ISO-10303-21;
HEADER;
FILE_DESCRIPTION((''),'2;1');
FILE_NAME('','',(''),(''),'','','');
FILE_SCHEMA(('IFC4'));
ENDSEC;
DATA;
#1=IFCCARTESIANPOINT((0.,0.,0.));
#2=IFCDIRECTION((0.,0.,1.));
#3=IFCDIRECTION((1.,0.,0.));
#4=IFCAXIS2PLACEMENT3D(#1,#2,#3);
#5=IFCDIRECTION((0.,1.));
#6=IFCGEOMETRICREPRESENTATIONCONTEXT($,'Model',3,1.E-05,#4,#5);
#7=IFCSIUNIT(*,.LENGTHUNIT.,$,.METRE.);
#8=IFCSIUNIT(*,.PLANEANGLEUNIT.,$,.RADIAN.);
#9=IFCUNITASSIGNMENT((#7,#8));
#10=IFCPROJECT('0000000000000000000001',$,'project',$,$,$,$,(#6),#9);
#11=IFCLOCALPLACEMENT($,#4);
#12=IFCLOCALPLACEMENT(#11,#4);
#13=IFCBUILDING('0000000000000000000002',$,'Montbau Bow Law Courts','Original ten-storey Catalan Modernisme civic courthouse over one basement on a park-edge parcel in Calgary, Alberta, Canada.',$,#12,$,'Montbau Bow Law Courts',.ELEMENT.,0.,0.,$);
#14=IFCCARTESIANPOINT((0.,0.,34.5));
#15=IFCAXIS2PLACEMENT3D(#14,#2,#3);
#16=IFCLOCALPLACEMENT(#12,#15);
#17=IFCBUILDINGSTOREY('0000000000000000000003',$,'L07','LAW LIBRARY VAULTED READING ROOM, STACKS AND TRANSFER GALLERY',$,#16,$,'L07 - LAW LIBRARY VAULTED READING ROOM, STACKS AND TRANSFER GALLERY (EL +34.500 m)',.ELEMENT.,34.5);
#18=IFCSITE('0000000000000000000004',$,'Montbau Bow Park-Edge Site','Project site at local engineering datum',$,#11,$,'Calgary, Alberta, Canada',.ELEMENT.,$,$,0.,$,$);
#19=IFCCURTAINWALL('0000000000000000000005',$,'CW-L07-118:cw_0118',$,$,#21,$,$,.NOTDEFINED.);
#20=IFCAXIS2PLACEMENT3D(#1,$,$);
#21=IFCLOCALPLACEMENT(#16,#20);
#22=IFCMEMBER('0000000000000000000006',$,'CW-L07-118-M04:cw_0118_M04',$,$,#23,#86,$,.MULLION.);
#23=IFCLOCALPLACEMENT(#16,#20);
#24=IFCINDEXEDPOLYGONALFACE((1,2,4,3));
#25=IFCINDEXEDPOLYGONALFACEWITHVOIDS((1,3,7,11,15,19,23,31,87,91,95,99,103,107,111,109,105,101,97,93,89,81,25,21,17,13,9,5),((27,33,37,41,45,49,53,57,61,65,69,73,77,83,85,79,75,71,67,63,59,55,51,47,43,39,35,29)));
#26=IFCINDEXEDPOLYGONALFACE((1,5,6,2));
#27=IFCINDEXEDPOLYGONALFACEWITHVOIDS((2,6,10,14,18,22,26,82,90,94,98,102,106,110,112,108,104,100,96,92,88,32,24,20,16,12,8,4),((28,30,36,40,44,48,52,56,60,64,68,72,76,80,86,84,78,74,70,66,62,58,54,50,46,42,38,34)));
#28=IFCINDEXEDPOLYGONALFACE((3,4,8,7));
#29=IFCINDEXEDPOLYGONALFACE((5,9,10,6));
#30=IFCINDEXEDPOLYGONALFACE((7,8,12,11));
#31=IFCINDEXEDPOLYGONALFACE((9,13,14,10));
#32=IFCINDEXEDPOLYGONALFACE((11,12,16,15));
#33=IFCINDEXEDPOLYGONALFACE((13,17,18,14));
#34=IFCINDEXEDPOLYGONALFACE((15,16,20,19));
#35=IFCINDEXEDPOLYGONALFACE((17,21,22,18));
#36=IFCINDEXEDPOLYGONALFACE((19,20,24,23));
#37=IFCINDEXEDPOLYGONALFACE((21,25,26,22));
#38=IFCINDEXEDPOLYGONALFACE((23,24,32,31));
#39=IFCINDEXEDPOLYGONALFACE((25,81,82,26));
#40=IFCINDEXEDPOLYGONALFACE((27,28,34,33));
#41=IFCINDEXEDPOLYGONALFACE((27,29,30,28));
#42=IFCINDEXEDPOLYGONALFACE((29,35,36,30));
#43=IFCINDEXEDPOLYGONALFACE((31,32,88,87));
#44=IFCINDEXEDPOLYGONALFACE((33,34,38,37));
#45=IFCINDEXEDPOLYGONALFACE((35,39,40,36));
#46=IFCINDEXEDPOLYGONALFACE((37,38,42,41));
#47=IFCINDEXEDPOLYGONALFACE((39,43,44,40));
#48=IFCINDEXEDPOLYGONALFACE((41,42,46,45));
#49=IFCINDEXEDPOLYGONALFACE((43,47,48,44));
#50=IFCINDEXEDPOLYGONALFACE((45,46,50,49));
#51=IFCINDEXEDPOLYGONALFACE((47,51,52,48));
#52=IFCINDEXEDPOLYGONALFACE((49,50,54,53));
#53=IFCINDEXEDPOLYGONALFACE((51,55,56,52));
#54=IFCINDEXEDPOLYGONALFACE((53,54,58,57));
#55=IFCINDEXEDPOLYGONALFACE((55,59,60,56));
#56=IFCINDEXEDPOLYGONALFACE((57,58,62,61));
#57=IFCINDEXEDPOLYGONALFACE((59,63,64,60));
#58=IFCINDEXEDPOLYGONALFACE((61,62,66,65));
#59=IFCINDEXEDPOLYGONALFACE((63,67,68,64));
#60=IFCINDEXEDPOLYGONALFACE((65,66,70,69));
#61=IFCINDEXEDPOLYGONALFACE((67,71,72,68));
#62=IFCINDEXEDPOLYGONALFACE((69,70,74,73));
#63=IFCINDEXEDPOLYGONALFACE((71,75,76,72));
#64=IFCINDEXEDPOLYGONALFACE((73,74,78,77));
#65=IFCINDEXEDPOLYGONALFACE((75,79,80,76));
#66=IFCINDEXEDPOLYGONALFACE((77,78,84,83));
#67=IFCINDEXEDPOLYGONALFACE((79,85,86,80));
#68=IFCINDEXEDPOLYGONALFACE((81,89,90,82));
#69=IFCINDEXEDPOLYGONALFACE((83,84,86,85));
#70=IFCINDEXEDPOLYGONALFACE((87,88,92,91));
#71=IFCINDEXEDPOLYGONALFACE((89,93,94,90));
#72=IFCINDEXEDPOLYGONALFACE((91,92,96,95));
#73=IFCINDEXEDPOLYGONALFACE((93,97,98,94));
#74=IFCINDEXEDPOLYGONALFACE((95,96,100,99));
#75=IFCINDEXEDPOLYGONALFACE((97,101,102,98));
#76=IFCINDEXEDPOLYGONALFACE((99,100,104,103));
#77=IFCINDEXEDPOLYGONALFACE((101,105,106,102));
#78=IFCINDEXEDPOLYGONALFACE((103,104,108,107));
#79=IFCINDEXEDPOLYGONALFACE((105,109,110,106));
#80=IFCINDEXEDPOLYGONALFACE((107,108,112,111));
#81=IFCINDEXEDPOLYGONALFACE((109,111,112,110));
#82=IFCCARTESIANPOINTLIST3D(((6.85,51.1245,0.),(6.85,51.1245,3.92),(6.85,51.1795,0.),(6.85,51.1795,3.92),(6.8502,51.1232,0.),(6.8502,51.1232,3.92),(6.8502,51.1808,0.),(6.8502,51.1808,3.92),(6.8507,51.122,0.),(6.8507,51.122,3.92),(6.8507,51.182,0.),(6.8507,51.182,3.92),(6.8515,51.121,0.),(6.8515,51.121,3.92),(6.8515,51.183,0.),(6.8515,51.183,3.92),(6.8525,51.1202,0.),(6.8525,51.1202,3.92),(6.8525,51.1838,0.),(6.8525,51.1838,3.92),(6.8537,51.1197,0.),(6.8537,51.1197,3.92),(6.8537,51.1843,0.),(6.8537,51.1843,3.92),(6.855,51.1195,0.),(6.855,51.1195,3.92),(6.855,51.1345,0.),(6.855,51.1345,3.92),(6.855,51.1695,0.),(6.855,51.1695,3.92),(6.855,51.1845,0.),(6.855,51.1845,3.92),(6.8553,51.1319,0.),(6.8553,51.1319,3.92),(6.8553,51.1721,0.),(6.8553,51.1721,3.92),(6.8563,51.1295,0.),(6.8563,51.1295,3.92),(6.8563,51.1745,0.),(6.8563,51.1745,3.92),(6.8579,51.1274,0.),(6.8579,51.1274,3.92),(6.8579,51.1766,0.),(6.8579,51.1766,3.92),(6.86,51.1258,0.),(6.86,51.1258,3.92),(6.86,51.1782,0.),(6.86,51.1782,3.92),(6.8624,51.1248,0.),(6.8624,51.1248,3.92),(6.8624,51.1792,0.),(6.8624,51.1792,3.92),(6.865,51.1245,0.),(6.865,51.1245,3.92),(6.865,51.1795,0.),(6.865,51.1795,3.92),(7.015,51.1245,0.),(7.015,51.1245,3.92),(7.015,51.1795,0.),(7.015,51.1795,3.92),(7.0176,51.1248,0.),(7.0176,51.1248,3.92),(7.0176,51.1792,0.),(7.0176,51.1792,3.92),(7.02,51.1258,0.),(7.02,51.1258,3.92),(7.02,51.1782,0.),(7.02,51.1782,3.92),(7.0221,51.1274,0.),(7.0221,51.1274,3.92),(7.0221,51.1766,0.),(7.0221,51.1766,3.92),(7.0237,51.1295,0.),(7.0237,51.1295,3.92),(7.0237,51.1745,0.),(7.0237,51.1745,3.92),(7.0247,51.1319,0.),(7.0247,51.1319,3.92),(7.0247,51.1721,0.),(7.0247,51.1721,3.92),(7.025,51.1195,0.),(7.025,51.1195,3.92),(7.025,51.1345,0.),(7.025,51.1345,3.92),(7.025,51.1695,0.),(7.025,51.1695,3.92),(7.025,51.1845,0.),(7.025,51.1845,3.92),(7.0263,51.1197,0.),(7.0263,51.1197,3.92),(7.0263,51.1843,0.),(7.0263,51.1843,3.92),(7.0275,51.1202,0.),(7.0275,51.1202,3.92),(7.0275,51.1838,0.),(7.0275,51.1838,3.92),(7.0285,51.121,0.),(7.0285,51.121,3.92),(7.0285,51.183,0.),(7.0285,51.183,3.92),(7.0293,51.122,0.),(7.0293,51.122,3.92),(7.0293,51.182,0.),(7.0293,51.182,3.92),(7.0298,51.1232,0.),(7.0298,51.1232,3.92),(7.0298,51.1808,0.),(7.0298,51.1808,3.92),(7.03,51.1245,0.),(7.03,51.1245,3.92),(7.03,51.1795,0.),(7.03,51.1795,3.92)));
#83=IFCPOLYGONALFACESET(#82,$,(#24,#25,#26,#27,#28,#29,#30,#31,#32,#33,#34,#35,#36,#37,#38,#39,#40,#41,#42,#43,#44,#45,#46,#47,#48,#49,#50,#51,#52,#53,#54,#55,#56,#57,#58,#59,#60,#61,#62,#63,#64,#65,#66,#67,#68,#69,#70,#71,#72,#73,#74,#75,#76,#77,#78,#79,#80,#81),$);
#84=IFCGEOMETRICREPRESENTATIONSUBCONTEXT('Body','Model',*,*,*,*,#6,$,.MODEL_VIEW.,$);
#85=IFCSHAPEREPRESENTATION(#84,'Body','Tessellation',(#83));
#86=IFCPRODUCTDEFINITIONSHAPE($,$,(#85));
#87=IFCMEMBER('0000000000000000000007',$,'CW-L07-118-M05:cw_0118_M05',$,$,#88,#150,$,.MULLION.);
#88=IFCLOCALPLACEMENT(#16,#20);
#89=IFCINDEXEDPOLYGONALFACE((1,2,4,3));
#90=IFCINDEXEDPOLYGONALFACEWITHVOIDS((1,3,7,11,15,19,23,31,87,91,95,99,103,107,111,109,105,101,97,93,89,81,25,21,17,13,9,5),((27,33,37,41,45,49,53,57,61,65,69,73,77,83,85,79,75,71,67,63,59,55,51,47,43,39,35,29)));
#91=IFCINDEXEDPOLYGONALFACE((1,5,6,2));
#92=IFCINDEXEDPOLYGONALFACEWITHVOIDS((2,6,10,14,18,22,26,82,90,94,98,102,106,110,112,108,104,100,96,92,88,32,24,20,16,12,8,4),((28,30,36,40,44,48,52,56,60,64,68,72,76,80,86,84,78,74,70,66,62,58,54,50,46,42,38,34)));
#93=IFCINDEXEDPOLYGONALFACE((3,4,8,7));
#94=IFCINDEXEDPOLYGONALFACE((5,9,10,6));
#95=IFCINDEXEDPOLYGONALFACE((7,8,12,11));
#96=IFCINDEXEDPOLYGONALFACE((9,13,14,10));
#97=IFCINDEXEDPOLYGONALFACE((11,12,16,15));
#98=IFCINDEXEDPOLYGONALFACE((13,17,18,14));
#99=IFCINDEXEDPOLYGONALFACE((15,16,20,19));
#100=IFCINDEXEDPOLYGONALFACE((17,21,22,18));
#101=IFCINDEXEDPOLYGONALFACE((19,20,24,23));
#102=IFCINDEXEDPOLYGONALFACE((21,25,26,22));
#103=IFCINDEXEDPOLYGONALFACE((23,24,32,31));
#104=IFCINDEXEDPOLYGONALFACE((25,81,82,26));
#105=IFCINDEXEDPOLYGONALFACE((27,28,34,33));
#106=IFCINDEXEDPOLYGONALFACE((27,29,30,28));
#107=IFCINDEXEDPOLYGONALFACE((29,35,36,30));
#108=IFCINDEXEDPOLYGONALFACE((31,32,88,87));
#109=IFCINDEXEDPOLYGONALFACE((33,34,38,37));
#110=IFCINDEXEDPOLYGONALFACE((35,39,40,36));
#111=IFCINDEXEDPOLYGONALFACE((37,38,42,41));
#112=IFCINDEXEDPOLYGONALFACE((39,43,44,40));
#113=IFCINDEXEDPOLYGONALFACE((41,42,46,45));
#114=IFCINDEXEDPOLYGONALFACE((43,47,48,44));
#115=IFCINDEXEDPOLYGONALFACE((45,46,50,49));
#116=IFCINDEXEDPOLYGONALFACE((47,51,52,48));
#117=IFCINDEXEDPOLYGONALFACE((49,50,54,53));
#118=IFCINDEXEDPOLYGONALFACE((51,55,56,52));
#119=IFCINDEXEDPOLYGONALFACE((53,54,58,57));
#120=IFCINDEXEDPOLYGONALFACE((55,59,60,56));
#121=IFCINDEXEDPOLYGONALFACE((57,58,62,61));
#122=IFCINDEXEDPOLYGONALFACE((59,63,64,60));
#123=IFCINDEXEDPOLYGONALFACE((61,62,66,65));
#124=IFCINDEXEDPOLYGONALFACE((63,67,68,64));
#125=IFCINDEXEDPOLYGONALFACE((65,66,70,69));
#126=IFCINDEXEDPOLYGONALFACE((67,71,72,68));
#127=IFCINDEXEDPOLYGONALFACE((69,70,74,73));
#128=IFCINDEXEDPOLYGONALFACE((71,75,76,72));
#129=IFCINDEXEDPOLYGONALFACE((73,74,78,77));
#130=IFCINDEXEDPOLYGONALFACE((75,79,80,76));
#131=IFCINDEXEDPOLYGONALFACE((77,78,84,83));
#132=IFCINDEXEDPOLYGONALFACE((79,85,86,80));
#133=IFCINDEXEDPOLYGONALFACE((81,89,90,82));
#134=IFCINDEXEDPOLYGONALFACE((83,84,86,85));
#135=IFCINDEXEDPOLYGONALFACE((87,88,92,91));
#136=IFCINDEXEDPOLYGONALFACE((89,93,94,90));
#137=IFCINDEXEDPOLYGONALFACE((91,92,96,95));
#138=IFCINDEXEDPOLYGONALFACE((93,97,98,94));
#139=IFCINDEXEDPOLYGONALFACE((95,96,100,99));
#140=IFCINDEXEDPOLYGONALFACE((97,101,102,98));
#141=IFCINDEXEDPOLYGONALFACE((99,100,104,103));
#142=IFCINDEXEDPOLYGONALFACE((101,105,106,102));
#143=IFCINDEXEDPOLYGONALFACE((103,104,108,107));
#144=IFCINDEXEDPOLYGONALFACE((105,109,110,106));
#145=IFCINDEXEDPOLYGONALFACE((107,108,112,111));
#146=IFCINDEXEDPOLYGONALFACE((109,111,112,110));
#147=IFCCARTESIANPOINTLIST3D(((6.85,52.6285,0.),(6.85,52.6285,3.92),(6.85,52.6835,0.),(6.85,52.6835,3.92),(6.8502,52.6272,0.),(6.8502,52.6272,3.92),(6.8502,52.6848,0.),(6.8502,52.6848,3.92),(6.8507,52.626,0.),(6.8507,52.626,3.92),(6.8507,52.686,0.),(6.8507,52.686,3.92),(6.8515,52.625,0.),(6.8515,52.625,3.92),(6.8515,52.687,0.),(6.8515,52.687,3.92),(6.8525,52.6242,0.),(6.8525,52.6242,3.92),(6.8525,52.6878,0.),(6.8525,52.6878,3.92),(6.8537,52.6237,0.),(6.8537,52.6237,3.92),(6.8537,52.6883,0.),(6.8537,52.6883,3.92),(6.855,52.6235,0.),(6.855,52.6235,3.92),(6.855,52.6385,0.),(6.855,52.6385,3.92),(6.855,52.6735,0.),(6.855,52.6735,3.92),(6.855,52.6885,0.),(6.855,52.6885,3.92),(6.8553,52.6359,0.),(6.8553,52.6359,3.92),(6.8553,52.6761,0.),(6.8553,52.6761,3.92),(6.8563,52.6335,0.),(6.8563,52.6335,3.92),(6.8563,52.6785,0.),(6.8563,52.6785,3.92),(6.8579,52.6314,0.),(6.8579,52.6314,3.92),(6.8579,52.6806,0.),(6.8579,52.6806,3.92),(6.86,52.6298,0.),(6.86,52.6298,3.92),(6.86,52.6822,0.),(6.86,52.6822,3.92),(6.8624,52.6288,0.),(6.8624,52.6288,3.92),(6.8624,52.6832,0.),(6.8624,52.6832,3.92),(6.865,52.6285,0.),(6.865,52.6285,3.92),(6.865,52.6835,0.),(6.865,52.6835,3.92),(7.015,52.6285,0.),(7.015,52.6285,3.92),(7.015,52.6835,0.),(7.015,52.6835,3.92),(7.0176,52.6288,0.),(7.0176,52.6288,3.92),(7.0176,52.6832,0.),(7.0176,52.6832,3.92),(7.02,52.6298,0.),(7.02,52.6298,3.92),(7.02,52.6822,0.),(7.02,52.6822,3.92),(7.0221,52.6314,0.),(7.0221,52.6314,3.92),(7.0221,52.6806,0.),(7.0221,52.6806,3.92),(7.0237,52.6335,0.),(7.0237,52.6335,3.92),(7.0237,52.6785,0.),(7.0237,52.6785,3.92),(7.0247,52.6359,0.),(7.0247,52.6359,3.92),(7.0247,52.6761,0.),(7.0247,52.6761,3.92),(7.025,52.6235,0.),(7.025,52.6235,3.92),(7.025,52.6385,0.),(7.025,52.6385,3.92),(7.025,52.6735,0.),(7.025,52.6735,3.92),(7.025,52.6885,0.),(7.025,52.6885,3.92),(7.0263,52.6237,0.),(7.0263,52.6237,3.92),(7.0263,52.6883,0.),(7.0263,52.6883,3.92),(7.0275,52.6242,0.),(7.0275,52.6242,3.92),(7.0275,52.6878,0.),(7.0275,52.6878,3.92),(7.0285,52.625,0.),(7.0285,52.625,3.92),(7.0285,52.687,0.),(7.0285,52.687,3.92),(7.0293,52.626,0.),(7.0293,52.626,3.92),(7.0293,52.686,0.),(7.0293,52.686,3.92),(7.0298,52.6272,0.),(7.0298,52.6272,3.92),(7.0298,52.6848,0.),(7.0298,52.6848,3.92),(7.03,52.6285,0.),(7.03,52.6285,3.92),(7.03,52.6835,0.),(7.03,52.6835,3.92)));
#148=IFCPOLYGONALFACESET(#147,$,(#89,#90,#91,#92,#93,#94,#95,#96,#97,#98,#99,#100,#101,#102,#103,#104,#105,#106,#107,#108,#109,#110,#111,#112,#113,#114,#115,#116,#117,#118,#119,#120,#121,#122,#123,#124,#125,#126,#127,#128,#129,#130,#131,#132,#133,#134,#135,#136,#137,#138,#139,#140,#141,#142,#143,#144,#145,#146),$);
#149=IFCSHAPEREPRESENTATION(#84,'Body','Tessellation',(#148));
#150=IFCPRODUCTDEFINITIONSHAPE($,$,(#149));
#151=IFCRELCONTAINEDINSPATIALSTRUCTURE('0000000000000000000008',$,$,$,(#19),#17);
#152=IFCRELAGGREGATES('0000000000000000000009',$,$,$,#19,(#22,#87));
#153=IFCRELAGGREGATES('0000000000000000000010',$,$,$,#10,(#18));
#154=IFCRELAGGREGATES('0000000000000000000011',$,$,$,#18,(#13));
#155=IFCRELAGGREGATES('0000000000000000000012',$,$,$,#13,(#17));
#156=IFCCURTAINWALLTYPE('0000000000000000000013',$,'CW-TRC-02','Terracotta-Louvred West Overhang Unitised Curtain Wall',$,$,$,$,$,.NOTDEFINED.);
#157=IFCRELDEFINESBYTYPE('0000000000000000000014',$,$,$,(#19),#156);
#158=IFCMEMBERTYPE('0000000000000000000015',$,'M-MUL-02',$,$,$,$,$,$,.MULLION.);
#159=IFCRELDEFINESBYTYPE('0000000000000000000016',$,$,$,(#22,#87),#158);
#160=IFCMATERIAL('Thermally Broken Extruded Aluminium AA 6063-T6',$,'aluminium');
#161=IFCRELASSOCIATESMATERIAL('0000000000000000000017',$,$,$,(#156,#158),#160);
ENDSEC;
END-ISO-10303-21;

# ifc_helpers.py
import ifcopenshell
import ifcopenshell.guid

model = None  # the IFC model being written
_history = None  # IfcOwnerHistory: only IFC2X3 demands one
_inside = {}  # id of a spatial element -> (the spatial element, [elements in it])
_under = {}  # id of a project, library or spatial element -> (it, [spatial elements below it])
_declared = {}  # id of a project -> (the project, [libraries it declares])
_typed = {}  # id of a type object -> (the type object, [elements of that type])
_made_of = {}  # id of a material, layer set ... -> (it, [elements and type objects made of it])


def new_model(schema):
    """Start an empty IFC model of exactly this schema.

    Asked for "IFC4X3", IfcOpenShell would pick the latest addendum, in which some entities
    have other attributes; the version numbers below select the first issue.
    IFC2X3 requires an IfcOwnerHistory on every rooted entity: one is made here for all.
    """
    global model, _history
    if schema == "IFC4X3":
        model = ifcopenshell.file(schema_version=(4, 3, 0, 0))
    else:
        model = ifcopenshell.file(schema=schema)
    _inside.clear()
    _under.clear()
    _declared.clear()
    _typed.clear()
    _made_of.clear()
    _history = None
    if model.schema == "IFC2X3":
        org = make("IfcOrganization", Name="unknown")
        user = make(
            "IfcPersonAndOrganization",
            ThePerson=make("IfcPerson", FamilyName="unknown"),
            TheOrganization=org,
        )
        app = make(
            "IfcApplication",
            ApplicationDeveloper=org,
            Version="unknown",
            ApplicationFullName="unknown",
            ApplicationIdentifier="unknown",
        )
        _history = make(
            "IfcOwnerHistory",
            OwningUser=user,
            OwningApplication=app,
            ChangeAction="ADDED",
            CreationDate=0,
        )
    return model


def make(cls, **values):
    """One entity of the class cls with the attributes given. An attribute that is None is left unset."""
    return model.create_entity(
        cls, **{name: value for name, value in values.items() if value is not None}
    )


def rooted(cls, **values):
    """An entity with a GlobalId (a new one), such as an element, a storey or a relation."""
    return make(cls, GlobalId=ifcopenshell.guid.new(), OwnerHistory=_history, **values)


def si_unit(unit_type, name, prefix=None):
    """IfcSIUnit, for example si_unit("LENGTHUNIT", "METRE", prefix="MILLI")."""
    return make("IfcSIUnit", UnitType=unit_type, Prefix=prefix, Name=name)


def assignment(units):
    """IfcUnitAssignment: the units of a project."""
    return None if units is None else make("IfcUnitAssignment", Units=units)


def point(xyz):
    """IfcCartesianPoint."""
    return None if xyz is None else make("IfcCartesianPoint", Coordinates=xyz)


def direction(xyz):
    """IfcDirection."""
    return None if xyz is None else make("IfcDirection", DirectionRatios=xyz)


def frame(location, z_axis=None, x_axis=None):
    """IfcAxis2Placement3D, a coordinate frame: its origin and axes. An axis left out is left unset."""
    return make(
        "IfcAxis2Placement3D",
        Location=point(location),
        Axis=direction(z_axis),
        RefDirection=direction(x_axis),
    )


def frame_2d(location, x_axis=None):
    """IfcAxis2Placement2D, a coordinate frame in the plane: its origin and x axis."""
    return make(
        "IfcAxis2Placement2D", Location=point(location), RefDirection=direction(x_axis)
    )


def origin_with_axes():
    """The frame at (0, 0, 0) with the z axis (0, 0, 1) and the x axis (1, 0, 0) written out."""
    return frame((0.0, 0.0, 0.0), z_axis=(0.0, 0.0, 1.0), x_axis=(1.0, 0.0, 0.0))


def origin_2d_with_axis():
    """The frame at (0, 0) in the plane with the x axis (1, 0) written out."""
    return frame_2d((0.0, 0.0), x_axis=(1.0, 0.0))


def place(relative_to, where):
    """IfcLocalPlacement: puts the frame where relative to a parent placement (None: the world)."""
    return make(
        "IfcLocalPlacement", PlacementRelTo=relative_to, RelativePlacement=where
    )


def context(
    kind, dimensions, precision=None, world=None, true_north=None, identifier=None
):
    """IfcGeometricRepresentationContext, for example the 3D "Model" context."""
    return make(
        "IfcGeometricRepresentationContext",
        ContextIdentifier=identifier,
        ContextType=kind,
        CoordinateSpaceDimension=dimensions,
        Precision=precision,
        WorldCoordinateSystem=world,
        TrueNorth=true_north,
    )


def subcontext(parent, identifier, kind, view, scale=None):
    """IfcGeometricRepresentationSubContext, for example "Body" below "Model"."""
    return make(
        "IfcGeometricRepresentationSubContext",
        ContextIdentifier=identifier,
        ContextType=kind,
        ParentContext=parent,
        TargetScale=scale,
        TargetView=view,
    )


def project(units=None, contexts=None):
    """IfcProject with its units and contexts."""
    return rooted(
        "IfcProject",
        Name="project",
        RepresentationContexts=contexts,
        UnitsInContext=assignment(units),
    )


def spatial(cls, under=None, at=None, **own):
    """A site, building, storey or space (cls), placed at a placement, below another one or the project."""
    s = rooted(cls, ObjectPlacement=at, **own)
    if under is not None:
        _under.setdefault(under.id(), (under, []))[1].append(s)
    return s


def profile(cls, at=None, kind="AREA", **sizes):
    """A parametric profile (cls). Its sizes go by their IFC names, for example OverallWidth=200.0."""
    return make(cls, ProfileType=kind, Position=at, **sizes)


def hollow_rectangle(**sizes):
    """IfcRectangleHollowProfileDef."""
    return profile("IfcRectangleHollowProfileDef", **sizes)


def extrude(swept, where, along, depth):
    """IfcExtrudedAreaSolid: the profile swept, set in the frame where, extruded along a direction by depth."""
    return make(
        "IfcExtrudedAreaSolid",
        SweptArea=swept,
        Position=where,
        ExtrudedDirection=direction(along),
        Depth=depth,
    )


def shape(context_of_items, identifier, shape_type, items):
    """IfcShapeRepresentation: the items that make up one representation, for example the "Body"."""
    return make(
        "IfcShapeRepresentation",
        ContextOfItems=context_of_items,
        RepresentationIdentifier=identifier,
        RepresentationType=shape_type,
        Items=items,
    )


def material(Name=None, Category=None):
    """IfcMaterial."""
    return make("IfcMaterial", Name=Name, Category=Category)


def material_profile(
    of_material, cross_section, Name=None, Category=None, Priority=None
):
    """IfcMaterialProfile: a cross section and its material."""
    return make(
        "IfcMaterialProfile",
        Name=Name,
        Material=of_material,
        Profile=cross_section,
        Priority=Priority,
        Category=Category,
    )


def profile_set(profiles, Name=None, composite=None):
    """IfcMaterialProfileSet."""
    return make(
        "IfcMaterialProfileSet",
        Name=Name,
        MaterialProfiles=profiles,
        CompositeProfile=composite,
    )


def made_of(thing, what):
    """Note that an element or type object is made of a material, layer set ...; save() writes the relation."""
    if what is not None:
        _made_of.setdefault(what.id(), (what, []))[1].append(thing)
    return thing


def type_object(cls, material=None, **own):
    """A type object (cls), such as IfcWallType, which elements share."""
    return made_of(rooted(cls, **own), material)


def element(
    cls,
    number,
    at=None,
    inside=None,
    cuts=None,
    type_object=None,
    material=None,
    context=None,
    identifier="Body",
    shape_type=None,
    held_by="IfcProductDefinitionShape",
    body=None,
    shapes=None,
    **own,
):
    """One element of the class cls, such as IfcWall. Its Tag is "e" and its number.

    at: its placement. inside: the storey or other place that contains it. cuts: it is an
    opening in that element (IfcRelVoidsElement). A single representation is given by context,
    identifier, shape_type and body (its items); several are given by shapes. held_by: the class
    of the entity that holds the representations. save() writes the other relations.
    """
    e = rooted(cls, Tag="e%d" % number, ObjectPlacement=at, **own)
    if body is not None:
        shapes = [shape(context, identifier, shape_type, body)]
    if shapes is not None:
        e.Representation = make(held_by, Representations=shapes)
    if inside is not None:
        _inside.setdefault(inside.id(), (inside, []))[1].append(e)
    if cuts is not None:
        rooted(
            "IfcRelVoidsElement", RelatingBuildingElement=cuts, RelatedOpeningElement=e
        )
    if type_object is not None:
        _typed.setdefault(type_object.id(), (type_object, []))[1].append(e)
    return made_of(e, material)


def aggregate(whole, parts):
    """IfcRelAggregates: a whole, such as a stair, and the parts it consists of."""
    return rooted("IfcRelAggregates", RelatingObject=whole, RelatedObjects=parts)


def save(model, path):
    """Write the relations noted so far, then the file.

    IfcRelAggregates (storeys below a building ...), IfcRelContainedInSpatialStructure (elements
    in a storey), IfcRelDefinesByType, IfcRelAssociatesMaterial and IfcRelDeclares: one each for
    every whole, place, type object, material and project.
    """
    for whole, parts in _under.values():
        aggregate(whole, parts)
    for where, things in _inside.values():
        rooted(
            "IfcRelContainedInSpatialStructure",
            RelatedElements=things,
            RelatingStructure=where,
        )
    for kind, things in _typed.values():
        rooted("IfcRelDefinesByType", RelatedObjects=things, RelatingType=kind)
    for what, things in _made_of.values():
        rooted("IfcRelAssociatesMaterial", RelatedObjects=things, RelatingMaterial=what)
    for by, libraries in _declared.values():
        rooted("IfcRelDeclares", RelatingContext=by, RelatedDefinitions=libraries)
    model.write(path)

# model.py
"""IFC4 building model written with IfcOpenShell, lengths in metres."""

from ifc_helpers import new_model, si_unit, direction, frame, origin_with_axes, origin_2d_with_axis, place, context, subcontext, project, spatial, hollow_rectangle, extrude, material, material_profile, profile_set, type_object, element, aggregate, save


model = new_model("IFC4")

# Units and contexts
model_context = context("Model", 3, precision=1e-05, world=origin_with_axes(), true_north=direction((0.0, 1.0)))
body_context = subcontext(model_context, "Body", "Model", "MODEL_VIEW")
ifc_project = project(units=[si_unit("LENGTHUNIT", "METRE"), si_unit("PLANEANGLEUNIT", "RADIAN")], contexts=[model_context])

# Site, building, storey
site_placement = place(None, origin_with_axes())
site = spatial("IfcSite", under=ifc_project, at=site_placement, Name="Montbau Bow Park-Edge Site", Description="Project site at local engineering datum", LongName="Calgary, Alberta, Canada", CompositionType="ELEMENT", RefElevation=0.0)
building_placement = place(site_placement, origin_with_axes())
building = spatial("IfcBuilding", under=site, at=building_placement, Name="Montbau Bow Law Courts", Description="Original ten-storey Catalan Modernisme civic courthouse over one basement on a park-edge parcel in Calgary, Alberta, Canada.", LongName="Montbau Bow Law Courts", CompositionType="ELEMENT", ElevationOfRefHeight=0.0, ElevationOfTerrain=0.0)
storey_placement = place(building_placement, frame((0.0, 0.0, 34.5), z_axis=(0.0, 0.0, 1.0), x_axis=(1.0, 0.0, 0.0)))
storey = spatial("IfcBuildingStorey", under=building, at=storey_placement, Name="L07", Description="LAW LIBRARY VAULTED READING ROOM, STACKS AND TRANSFER GALLERY", LongName="L07 - LAW LIBRARY VAULTED READING ROOM, STACKS AND TRANSFER GALLERY (EL +34.500 m)", CompositionType="ELEMENT", Elevation=34.5)

# Curtain wall, members
ifc_material_1 = material(Name="Thermally Broken Extruded Aluminium AA 6063-T6", Category="aluminium")
curtain_wall_type = type_object("IfcCurtainWallType", Name="CW-TRC-02", Description="Terracotta-Louvred West Overhang Unitised Curtain Wall", PredefinedType="NOTDEFINED", material=ifc_material_1)
curtain_wall_placement = place(None, frame((6.94, 46.64, 34.5), z_axis=(0.0, 0.0, 1.0), x_axis=(1.0, 0.0, 0.0)))
curtain_wall = element("IfcCurtainWall", 1, at=curtain_wall_placement, inside=storey, type_object=curtain_wall_type, Name="CW-L07-118:cw_0118", PredefinedType="NOTDEFINED")
ifc_material_profile_1 = material_profile(ifc_material_1, hollow_rectangle(XDim=0.065, YDim=0.18, WallThickness=0.005, InnerFilletRadius=0.01, OuterFilletRadius=0.005, at=origin_2d_with_axis()), Name="CWM-180X65", Category="Main", Priority=0)
ifc_profile_set_1 = profile_set([ifc_material_profile_1], Name="Thermally Broken Extruded Aluminium AA 6063-T6")
member_type_1 = type_object("IfcMemberType", Name="M-MUL-02", PredefinedType="MULLION", material=ifc_profile_set_1)
member_1_placement = place(None, frame((6.94, 51.152, 34.5), z_axis=(0.0, 0.0, 1.0), x_axis=(0.0, 1.0, 0.0)))
member_1 = element("IfcMember", 2, at=member_1_placement, type_object=member_type_1, Name="CW-L07-118-M04:cw_0118_M04", PredefinedType="MULLION", context=body_context, shape_type="SweptSolid", body=[
    extrude(hollow_rectangle(XDim=0.065, YDim=0.18, WallThickness=0.005, InnerFilletRadius=0.01, OuterFilletRadius=0.005, at=origin_2d_with_axis()), origin_with_axes(), (0.0, 0.0, 1.0), 3.92),
])
member_2_placement = place(None, frame((6.94, 52.656, 34.5), z_axis=(0.0, 0.0, 1.0), x_axis=(0.0, 1.0, 0.0)))
member_2 = element("IfcMember", 3, at=member_2_placement, type_object=member_type_1, Name="CW-L07-118-M05:cw_0118_M05", PredefinedType="MULLION", context=body_context, shape_type="SweptSolid", body=[
    extrude(hollow_rectangle(XDim=0.065, YDim=0.18, WallThickness=0.005, InnerFilletRadius=0.01, OuterFilletRadius=0.005, at=origin_2d_with_axis()), origin_with_axes(), (0.0, 0.0, 1.0), 3.92),
])
aggregate(curtain_wall, [member_1, member_2])

save(model, "model.ifc")
